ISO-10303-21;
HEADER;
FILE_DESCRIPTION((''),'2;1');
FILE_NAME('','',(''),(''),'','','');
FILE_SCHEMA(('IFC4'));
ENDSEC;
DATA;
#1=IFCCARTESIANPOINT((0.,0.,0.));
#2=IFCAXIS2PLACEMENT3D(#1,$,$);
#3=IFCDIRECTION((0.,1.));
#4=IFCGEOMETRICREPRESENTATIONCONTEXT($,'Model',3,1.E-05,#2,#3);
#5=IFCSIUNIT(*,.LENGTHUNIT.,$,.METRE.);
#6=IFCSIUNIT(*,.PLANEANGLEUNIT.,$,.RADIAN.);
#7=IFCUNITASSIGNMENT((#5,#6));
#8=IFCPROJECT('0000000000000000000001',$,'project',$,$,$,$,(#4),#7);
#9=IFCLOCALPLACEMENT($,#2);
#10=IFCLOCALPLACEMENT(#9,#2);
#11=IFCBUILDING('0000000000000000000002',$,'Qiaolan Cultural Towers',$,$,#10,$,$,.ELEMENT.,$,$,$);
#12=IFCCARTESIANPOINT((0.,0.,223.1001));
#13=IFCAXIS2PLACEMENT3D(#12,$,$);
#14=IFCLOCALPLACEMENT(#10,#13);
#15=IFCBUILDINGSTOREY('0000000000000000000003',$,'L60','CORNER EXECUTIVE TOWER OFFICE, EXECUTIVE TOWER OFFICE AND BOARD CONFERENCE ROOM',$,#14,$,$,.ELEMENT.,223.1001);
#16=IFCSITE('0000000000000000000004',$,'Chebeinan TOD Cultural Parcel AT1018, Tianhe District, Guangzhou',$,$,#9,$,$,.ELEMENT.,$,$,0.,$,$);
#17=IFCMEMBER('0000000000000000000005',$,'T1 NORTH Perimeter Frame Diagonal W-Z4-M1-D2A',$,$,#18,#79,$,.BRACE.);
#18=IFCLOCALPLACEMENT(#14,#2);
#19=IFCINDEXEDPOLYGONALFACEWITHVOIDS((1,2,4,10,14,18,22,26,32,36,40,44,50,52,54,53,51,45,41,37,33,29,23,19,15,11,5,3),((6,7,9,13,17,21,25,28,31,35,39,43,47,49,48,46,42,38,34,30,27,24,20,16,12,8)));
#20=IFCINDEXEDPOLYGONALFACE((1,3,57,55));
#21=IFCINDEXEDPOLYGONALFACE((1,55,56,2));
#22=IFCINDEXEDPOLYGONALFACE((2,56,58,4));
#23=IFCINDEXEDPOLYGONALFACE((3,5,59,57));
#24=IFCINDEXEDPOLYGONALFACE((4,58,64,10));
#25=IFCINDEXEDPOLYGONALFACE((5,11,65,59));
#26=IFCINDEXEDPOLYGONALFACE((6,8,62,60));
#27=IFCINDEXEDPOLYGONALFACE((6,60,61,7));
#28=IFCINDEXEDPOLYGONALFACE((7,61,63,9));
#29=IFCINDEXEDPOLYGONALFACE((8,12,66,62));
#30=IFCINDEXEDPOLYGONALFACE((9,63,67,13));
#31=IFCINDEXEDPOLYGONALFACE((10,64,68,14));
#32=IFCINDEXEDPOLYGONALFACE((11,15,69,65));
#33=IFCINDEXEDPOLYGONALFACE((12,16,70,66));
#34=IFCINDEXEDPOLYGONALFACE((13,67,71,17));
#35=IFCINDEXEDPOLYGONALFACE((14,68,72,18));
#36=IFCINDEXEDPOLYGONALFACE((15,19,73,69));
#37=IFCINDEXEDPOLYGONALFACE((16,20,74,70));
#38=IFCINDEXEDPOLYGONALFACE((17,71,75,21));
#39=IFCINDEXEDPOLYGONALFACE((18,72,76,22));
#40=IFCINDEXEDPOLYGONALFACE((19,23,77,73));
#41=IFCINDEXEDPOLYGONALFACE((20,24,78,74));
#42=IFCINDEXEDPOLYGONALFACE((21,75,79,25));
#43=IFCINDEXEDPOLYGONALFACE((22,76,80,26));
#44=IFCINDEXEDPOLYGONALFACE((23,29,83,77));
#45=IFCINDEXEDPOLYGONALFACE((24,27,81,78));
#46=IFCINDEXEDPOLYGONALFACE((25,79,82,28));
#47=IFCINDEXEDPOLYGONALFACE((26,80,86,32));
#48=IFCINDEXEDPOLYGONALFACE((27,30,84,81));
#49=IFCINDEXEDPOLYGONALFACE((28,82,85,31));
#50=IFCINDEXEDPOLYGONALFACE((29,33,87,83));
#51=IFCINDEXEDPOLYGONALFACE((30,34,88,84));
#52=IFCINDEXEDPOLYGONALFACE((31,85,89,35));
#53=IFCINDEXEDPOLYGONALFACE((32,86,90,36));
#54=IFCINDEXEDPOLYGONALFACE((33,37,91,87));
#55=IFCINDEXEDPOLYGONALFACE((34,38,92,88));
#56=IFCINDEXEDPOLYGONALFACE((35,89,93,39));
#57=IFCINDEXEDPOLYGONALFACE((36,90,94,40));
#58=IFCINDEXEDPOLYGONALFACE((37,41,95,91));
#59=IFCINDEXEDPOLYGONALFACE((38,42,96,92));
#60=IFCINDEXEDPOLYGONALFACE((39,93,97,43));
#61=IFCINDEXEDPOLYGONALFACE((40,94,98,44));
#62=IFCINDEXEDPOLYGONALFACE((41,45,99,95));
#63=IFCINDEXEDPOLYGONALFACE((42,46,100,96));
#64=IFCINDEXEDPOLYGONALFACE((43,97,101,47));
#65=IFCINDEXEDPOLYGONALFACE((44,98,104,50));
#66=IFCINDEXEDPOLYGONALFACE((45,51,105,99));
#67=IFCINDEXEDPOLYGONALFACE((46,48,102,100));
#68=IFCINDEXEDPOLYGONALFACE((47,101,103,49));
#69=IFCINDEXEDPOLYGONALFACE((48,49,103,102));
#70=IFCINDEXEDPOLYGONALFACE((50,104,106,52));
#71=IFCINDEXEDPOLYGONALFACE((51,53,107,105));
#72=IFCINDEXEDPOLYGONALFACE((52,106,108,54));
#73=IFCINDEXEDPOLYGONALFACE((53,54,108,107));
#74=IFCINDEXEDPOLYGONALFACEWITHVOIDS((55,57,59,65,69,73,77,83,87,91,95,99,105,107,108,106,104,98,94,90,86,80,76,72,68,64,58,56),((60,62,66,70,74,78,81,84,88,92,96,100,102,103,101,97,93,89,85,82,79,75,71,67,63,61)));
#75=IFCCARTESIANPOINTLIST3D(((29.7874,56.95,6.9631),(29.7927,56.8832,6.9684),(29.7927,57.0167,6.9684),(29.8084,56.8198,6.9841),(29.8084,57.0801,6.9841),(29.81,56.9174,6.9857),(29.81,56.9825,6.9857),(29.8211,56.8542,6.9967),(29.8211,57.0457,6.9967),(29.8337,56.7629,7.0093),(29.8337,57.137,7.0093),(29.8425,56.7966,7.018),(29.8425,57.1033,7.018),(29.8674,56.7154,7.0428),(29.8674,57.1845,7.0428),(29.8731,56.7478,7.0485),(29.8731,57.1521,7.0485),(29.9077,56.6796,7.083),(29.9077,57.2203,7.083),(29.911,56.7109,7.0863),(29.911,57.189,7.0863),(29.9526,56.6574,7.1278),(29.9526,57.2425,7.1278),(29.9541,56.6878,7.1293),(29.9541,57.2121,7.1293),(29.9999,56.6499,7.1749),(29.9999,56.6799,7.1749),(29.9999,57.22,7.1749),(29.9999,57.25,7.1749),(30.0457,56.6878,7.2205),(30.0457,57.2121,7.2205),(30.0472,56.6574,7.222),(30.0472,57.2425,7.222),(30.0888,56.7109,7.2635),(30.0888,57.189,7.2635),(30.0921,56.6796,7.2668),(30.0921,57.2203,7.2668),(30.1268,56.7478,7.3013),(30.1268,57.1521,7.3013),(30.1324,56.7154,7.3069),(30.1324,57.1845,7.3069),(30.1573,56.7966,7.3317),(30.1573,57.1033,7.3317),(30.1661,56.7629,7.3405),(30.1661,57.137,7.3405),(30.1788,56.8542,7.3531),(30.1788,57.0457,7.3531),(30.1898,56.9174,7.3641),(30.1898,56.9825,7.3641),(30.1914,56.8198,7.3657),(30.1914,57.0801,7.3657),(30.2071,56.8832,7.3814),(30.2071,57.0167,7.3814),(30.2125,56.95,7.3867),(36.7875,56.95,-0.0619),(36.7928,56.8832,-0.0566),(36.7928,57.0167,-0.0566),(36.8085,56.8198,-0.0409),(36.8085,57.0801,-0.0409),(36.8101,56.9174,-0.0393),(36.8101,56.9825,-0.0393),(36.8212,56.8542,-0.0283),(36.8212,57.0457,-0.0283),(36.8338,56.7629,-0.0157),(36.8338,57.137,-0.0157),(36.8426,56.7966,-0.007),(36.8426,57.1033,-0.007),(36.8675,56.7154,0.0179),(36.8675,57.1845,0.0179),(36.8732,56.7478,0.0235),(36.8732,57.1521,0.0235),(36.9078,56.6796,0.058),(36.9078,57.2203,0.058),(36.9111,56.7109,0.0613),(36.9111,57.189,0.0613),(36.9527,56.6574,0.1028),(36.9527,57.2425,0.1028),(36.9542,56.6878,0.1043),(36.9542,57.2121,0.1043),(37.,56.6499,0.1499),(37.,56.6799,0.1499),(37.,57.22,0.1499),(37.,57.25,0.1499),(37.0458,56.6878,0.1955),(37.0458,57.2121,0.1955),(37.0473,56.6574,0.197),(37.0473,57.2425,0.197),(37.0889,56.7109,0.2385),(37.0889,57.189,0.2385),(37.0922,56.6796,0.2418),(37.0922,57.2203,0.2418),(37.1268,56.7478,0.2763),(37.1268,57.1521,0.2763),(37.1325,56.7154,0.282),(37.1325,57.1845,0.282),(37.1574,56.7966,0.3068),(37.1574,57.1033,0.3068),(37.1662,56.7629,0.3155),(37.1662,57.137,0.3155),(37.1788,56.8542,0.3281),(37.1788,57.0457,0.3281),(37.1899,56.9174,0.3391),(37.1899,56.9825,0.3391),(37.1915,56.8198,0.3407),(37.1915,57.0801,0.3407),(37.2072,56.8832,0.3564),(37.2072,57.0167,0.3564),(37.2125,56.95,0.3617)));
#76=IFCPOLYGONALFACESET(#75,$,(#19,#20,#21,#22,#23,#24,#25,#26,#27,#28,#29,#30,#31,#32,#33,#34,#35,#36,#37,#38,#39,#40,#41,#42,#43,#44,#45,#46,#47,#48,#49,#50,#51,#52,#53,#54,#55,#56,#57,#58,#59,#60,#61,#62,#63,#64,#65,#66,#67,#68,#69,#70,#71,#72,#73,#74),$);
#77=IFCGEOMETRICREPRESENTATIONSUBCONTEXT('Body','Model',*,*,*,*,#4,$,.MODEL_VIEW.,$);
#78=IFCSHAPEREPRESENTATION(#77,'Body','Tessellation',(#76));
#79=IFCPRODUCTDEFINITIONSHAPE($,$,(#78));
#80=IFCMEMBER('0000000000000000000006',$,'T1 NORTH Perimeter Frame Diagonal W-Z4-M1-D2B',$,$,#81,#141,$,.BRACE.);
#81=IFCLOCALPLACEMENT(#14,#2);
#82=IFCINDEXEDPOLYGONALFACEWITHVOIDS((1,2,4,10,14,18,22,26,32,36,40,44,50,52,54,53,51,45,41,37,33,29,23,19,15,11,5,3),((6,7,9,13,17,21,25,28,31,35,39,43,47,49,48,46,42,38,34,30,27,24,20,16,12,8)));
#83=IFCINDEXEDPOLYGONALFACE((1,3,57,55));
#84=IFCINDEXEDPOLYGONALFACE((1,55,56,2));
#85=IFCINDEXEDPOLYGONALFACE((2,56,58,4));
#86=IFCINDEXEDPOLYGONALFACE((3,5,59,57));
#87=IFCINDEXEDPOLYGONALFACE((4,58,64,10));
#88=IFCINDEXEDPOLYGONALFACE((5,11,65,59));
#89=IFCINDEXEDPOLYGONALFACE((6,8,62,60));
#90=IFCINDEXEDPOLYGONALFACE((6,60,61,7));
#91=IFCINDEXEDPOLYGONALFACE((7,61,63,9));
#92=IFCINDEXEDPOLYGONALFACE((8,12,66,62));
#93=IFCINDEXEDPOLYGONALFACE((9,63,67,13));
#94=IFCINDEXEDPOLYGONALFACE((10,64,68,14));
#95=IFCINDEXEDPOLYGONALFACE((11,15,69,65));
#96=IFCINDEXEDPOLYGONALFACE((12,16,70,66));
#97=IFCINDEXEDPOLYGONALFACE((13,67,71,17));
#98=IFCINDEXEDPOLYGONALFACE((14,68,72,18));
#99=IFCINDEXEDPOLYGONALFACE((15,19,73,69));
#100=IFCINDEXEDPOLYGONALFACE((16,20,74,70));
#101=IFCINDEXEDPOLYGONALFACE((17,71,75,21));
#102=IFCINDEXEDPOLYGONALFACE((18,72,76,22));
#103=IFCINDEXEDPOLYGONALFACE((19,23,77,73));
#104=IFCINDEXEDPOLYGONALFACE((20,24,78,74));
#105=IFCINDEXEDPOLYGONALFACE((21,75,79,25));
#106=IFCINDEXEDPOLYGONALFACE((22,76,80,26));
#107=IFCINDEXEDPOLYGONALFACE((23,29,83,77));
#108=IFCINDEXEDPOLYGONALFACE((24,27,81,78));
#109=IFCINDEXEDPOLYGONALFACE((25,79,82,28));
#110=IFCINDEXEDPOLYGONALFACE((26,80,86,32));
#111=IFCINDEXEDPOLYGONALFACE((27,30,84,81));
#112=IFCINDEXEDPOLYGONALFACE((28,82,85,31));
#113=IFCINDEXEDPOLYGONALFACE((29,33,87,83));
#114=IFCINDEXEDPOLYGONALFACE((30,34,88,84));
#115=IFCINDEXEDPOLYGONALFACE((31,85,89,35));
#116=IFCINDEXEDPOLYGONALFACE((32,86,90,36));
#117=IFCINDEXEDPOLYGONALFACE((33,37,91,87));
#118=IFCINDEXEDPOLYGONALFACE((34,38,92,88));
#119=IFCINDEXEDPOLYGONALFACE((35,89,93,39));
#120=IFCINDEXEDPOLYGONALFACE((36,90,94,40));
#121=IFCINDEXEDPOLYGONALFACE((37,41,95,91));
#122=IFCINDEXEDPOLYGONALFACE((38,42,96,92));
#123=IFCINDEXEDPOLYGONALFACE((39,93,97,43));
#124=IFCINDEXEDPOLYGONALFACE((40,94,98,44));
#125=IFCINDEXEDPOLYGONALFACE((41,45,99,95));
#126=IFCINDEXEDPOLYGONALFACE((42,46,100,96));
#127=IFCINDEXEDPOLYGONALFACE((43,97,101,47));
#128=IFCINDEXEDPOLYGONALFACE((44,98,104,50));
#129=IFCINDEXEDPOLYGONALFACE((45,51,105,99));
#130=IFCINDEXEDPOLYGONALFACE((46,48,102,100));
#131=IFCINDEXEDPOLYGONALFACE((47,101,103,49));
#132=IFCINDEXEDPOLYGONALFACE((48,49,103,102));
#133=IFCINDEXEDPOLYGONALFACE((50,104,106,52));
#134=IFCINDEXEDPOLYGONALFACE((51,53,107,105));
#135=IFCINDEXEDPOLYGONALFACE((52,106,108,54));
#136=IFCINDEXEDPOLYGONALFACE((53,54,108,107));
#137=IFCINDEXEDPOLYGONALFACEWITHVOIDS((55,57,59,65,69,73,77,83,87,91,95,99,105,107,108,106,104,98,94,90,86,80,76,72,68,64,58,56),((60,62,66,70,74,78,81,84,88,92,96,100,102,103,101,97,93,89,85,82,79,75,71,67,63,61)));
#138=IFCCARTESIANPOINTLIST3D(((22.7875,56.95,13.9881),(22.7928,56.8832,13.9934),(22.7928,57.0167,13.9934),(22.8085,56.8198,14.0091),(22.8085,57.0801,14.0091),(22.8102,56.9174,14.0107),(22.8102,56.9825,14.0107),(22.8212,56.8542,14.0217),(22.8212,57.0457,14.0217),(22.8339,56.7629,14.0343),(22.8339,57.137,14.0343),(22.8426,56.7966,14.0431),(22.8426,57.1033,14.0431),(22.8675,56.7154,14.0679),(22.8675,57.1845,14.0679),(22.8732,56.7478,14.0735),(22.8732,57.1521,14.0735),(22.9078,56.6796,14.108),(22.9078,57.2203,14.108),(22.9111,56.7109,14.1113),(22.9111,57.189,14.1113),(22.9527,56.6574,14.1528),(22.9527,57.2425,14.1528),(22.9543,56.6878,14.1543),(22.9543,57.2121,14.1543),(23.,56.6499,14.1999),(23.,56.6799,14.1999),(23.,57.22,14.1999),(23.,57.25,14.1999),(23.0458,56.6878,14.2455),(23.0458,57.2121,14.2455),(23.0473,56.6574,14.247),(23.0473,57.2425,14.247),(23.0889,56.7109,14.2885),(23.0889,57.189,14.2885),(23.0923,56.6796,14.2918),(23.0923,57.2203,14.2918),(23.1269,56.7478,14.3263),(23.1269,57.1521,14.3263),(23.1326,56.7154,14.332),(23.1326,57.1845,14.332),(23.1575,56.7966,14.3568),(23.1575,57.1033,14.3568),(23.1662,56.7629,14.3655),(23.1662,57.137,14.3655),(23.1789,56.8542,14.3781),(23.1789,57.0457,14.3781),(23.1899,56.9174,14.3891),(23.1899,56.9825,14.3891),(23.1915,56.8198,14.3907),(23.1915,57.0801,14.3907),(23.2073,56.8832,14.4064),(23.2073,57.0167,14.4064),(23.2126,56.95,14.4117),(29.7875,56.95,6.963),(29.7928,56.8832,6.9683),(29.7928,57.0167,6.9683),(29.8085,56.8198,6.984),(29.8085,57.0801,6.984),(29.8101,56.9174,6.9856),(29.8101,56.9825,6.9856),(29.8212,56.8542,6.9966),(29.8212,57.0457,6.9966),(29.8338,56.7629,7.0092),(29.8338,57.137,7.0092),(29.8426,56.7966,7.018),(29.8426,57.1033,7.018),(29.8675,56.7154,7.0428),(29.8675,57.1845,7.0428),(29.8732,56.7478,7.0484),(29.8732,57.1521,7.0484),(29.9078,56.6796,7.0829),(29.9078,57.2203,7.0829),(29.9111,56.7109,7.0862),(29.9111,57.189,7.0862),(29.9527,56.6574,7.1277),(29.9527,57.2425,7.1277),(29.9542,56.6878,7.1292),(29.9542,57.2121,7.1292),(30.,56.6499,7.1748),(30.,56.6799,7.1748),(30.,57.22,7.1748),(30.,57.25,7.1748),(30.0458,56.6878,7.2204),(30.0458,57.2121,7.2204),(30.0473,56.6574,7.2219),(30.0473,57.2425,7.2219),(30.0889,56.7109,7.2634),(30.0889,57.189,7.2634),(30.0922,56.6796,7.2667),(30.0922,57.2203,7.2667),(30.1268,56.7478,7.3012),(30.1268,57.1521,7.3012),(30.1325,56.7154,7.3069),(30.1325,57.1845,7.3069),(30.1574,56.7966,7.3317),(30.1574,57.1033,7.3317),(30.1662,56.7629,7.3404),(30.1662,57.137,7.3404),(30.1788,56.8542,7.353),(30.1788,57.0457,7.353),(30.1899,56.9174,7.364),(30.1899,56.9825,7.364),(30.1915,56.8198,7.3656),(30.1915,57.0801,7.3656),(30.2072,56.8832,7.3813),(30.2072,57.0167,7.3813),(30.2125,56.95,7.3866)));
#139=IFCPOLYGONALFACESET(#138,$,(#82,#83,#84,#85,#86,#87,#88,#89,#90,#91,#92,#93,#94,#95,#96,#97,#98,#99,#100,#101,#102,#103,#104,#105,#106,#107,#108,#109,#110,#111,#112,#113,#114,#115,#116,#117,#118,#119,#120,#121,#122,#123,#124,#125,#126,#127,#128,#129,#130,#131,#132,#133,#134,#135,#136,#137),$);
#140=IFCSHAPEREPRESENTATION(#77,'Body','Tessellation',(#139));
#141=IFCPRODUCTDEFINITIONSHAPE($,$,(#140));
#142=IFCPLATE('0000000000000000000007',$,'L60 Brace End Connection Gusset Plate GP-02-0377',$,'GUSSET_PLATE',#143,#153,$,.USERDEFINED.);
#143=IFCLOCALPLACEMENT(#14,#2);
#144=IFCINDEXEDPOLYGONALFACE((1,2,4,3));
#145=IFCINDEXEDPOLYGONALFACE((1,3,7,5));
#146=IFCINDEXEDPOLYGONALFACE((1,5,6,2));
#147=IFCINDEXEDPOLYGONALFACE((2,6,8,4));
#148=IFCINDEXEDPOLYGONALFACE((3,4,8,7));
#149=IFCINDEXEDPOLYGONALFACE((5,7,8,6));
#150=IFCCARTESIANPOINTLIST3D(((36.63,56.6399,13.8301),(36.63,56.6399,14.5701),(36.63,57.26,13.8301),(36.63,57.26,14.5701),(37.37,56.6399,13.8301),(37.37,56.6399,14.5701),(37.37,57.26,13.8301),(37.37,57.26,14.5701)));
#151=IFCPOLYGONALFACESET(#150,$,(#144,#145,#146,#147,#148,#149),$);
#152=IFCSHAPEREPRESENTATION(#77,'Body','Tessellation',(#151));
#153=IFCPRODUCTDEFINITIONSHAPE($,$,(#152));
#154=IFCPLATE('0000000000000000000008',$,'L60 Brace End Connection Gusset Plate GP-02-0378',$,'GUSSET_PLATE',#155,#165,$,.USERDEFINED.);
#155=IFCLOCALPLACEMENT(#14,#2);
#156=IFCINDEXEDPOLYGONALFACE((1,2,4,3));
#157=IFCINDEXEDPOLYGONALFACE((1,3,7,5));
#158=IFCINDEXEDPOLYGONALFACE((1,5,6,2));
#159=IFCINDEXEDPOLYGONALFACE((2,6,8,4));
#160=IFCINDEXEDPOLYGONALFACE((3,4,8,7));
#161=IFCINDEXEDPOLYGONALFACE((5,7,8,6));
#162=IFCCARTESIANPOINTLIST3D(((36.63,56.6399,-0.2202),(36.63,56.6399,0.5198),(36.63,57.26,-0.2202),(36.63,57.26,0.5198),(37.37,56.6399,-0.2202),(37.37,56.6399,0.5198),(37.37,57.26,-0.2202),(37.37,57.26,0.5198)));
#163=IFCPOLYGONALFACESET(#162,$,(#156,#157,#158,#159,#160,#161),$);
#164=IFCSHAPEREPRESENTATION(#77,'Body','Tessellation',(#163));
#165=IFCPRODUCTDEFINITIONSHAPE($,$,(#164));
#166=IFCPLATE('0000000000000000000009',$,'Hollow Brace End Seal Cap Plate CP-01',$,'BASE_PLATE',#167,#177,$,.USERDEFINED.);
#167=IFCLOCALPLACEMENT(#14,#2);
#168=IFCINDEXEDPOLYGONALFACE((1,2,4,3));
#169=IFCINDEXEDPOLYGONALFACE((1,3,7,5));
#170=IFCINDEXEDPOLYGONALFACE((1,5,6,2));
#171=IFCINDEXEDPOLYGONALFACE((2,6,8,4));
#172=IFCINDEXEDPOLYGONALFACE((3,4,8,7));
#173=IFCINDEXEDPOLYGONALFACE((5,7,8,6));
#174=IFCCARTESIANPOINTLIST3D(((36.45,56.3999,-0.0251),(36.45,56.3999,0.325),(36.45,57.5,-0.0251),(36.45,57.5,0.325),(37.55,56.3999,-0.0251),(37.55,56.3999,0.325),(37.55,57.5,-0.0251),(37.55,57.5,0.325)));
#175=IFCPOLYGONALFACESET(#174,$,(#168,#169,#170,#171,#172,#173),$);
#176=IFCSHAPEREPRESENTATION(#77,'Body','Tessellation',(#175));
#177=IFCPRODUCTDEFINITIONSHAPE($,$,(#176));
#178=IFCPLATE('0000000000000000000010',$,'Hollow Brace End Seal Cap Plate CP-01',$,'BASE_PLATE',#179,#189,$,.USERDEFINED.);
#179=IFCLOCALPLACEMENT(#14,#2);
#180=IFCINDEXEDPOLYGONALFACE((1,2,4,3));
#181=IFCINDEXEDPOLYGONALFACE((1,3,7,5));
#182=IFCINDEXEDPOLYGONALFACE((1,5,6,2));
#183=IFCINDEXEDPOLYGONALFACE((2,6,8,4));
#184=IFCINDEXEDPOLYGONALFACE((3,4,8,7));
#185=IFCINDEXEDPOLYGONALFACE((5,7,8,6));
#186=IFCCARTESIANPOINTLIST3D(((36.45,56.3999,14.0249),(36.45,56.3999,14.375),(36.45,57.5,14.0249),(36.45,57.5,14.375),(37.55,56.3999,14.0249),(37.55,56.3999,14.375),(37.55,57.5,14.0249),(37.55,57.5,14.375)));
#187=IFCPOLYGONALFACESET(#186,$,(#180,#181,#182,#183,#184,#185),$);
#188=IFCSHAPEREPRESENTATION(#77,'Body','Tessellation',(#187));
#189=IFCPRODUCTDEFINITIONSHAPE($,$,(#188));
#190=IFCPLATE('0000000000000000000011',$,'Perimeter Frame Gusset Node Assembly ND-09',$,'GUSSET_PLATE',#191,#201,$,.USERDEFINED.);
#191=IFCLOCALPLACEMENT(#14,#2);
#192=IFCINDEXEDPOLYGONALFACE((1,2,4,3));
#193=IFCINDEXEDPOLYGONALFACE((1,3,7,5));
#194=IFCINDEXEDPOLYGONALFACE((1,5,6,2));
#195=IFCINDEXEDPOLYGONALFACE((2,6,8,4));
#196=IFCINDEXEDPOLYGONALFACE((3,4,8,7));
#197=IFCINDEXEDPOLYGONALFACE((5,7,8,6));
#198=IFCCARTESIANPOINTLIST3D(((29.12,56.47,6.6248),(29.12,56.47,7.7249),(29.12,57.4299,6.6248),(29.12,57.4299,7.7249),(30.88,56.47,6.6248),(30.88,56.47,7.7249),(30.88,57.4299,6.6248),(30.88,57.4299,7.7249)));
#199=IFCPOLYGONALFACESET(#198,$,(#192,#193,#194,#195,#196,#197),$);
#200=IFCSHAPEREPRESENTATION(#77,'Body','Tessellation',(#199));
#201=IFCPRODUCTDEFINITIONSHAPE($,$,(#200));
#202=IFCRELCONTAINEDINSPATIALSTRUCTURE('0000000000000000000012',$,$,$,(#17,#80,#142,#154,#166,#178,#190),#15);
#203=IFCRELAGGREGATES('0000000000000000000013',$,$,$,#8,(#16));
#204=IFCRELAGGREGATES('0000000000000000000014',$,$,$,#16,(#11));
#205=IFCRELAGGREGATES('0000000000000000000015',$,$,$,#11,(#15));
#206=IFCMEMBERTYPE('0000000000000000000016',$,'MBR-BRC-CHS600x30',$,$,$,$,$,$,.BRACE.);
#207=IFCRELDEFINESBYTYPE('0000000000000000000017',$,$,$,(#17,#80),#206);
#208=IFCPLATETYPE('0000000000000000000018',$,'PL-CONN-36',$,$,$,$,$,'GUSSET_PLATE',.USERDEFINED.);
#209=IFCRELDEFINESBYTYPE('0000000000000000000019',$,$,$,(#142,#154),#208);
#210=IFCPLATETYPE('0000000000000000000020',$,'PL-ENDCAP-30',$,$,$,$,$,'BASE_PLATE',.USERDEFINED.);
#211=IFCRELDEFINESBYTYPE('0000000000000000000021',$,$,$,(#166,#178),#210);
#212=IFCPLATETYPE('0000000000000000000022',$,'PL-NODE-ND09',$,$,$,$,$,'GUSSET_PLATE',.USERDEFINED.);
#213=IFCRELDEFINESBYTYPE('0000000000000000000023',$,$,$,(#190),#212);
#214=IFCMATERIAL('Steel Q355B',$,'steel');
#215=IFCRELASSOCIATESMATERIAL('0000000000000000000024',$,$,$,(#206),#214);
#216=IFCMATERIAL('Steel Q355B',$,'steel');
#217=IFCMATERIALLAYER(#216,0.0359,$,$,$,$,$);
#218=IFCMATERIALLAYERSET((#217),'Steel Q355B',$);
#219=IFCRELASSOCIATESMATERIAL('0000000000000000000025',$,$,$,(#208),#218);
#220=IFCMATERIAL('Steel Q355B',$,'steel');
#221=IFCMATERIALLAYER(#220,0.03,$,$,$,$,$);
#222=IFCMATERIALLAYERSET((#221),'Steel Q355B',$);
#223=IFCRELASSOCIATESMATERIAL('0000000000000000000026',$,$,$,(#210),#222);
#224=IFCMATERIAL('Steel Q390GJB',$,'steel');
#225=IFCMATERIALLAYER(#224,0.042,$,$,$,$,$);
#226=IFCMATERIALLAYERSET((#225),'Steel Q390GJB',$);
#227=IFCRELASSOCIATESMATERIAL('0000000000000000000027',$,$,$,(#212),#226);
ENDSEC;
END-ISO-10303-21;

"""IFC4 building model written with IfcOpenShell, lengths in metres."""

from ifc_helpers import new_model, si_unit, direction, frame, origin, origin_2d, place, context, subcontext, project, spatial, rectangle, hollow_circle, extrude, material, layer, layer_set, material_profile, profile_set, type_object, element, save


model = new_model("IFC4")

# Units and contexts
model_context = context("Model", 3, precision=1e-05, world=origin(), true_north=direction((0.0, 1.0)))
body_context = subcontext(model_context, "Body", "Model", "MODEL_VIEW")
ifc_project = project(units=[si_unit("LENGTHUNIT", "METRE"), si_unit("PLANEANGLEUNIT", "RADIAN")], contexts=[model_context])

# Site, building, storey
site_placement = place(None, origin())
site = spatial("IfcSite", under=ifc_project, at=site_placement, Name="Chebeinan TOD Cultural Parcel AT1018, Tianhe District, Guangzhou", CompositionType="ELEMENT", RefElevation=0.0)
building_placement = place(site_placement, origin())
building = spatial("IfcBuilding", under=site, at=building_placement, Name="Qiaolan Cultural Towers", CompositionType="ELEMENT")
storey_placement = place(building_placement, frame((0.0, 0.0, 223.1001)))
storey = spatial("IfcBuildingStorey", under=building, at=storey_placement, Name="L60", Description="CORNER EXECUTIVE TOWER OFFICE, EXECUTIVE TOWER OFFICE AND BOARD CONFERENCE ROOM", CompositionType="ELEMENT", Elevation=223.1001)

# Members
ifc_material_1 = material(Name="Steel Q355B", Category="steel")
ifc_material_profile_1 = material_profile(ifc_material_1, hollow_circle(Radius=0.3, WallThickness=0.03, at=origin_2d()), Name="CHS600x30")
ifc_profile_set_1 = profile_set([ifc_material_profile_1], Name="Steel Q355B")
member_type = type_object("IfcMemberType", Name="MBR-BRC-CHS600x30", PredefinedType="BRACE", material=ifc_profile_set_1)
for number, where, z_axis, x_axis, name in (
    (1, (37.0, 56.95, 0.1499), (-0.70585, 0.0, 0.708361), (0.0, -1.0, 0.0), "T1 NORTH Perimeter Frame Diagonal W-Z4-M1-D2A"),
    (2, (30.0, 56.95, 7.1748), (-0.705838, 0.0, 0.708373), (0.0, -1.0, 0.0), "T1 NORTH Perimeter Frame Diagonal W-Z4-M1-D2B"),
):
    element("IfcMember", number, at=place(storey_placement, frame(where, z_axis=z_axis, x_axis=x_axis)), inside=storey, type_object=member_type, Name=name, PredefinedType="BRACE", context=body_context, shape_type="SweptSolid", body=[
        extrude(hollow_circle(Radius=0.3, WallThickness=0.03, at=origin_2d()), origin(), (0.0, 0.0, 1.0), 9.9172),
    ])

# Plates
ifc_material_2 = material(Name="Steel Q355B", Category="steel")
ifc_layer_1 = layer(ifc_material_2, 0.0359)
ifc_layer_set_1 = layer_set([ifc_layer_1], Name="Steel Q355B")
plate_type_1 = type_object("IfcPlateType", Name="PL-CONN-36", ElementType="GUSSET_PLATE", PredefinedType="USERDEFINED", material=ifc_layer_set_1)
for number, where, z_axis, x_axis, name in (
    (3, (37.0, 56.95, 13.8301), (0.0, 0.0, 1.0), (1.0, 0.0, 0.0), "L60 Brace End Connection Gusset Plate GP-02-0377"),
    (4, (37.0, 56.95, -0.2202), (0.0, 0.0, 1.0), (1.0, 0.0, 0.0), "L60 Brace End Connection Gusset Plate GP-02-0378"),
):
    element("IfcPlate", number, at=place(storey_placement, frame(where, z_axis=z_axis, x_axis=x_axis)), inside=storey, type_object=plate_type_1, Name=name, ObjectType="GUSSET_PLATE", PredefinedType="USERDEFINED", context=body_context, shape_type="SweptSolid", body=[
        extrude(rectangle(XDim=0.74, YDim=0.6201, at=origin_2d()), origin(), (0.0, 0.0, 1.0), 0.74),
    ])
ifc_material_3 = material(Name="Steel Q355B", Category="steel")
ifc_layer_2 = layer(ifc_material_3, 0.03)
ifc_layer_set_2 = layer_set([ifc_layer_2], Name="Steel Q355B")
plate_type_2 = type_object("IfcPlateType", Name="PL-ENDCAP-30", ElementType="BASE_PLATE", PredefinedType="USERDEFINED", material=ifc_layer_set_2)
for number, where, z_axis, x_axis, name in (
    (5, (37.0, 56.95, -0.0251), (0.0, 0.0, 1.0), (1.0, 0.0, 0.0), "Hollow Brace End Seal Cap Plate CP-01"),
    (6, (37.0, 56.95, 14.0249), (0.0, 0.0, 1.0), (1.0, 0.0, 0.0), "Hollow Brace End Seal Cap Plate CP-01"),
):
    element("IfcPlate", number, at=place(storey_placement, frame(where, z_axis=z_axis, x_axis=x_axis)), inside=storey, type_object=plate_type_2, Name=name, ObjectType="BASE_PLATE", PredefinedType="USERDEFINED", context=body_context, shape_type="SweptSolid", body=[
        extrude(rectangle(XDim=1.1001, YDim=1.1001, at=origin_2d()), origin(), (0.0, 0.0, 1.0), 0.3501),
    ])
ifc_material_4 = material(Name="Steel Q390GJB", Category="steel")
ifc_layer_3 = layer(ifc_material_4, 0.042)
ifc_layer_set_3 = layer_set([ifc_layer_3], Name="Steel Q390GJB")
plate_type_3 = type_object("IfcPlateType", Name="PL-NODE-ND09", ElementType="GUSSET_PLATE", PredefinedType="USERDEFINED", material=ifc_layer_set_3)
plate_placement = place(storey_placement, frame((30.0, 56.95, 6.6248), z_axis=(0.0, 0.0, 1.0), x_axis=(1.0, 0.0, 0.0)))
element("IfcPlate", 7, at=plate_placement, inside=storey, type_object=plate_type_3, Name="Perimeter Frame Gusset Node Assembly ND-09", ObjectType="GUSSET_PLATE", PredefinedType="USERDEFINED", context=body_context, shape_type="SweptSolid", body=[
    extrude(rectangle(XDim=1.76, YDim=0.96, at=origin_2d()), origin(), (0.0, 0.0, 1.0), 1.1001),
])

save(model, "model.ifc")
